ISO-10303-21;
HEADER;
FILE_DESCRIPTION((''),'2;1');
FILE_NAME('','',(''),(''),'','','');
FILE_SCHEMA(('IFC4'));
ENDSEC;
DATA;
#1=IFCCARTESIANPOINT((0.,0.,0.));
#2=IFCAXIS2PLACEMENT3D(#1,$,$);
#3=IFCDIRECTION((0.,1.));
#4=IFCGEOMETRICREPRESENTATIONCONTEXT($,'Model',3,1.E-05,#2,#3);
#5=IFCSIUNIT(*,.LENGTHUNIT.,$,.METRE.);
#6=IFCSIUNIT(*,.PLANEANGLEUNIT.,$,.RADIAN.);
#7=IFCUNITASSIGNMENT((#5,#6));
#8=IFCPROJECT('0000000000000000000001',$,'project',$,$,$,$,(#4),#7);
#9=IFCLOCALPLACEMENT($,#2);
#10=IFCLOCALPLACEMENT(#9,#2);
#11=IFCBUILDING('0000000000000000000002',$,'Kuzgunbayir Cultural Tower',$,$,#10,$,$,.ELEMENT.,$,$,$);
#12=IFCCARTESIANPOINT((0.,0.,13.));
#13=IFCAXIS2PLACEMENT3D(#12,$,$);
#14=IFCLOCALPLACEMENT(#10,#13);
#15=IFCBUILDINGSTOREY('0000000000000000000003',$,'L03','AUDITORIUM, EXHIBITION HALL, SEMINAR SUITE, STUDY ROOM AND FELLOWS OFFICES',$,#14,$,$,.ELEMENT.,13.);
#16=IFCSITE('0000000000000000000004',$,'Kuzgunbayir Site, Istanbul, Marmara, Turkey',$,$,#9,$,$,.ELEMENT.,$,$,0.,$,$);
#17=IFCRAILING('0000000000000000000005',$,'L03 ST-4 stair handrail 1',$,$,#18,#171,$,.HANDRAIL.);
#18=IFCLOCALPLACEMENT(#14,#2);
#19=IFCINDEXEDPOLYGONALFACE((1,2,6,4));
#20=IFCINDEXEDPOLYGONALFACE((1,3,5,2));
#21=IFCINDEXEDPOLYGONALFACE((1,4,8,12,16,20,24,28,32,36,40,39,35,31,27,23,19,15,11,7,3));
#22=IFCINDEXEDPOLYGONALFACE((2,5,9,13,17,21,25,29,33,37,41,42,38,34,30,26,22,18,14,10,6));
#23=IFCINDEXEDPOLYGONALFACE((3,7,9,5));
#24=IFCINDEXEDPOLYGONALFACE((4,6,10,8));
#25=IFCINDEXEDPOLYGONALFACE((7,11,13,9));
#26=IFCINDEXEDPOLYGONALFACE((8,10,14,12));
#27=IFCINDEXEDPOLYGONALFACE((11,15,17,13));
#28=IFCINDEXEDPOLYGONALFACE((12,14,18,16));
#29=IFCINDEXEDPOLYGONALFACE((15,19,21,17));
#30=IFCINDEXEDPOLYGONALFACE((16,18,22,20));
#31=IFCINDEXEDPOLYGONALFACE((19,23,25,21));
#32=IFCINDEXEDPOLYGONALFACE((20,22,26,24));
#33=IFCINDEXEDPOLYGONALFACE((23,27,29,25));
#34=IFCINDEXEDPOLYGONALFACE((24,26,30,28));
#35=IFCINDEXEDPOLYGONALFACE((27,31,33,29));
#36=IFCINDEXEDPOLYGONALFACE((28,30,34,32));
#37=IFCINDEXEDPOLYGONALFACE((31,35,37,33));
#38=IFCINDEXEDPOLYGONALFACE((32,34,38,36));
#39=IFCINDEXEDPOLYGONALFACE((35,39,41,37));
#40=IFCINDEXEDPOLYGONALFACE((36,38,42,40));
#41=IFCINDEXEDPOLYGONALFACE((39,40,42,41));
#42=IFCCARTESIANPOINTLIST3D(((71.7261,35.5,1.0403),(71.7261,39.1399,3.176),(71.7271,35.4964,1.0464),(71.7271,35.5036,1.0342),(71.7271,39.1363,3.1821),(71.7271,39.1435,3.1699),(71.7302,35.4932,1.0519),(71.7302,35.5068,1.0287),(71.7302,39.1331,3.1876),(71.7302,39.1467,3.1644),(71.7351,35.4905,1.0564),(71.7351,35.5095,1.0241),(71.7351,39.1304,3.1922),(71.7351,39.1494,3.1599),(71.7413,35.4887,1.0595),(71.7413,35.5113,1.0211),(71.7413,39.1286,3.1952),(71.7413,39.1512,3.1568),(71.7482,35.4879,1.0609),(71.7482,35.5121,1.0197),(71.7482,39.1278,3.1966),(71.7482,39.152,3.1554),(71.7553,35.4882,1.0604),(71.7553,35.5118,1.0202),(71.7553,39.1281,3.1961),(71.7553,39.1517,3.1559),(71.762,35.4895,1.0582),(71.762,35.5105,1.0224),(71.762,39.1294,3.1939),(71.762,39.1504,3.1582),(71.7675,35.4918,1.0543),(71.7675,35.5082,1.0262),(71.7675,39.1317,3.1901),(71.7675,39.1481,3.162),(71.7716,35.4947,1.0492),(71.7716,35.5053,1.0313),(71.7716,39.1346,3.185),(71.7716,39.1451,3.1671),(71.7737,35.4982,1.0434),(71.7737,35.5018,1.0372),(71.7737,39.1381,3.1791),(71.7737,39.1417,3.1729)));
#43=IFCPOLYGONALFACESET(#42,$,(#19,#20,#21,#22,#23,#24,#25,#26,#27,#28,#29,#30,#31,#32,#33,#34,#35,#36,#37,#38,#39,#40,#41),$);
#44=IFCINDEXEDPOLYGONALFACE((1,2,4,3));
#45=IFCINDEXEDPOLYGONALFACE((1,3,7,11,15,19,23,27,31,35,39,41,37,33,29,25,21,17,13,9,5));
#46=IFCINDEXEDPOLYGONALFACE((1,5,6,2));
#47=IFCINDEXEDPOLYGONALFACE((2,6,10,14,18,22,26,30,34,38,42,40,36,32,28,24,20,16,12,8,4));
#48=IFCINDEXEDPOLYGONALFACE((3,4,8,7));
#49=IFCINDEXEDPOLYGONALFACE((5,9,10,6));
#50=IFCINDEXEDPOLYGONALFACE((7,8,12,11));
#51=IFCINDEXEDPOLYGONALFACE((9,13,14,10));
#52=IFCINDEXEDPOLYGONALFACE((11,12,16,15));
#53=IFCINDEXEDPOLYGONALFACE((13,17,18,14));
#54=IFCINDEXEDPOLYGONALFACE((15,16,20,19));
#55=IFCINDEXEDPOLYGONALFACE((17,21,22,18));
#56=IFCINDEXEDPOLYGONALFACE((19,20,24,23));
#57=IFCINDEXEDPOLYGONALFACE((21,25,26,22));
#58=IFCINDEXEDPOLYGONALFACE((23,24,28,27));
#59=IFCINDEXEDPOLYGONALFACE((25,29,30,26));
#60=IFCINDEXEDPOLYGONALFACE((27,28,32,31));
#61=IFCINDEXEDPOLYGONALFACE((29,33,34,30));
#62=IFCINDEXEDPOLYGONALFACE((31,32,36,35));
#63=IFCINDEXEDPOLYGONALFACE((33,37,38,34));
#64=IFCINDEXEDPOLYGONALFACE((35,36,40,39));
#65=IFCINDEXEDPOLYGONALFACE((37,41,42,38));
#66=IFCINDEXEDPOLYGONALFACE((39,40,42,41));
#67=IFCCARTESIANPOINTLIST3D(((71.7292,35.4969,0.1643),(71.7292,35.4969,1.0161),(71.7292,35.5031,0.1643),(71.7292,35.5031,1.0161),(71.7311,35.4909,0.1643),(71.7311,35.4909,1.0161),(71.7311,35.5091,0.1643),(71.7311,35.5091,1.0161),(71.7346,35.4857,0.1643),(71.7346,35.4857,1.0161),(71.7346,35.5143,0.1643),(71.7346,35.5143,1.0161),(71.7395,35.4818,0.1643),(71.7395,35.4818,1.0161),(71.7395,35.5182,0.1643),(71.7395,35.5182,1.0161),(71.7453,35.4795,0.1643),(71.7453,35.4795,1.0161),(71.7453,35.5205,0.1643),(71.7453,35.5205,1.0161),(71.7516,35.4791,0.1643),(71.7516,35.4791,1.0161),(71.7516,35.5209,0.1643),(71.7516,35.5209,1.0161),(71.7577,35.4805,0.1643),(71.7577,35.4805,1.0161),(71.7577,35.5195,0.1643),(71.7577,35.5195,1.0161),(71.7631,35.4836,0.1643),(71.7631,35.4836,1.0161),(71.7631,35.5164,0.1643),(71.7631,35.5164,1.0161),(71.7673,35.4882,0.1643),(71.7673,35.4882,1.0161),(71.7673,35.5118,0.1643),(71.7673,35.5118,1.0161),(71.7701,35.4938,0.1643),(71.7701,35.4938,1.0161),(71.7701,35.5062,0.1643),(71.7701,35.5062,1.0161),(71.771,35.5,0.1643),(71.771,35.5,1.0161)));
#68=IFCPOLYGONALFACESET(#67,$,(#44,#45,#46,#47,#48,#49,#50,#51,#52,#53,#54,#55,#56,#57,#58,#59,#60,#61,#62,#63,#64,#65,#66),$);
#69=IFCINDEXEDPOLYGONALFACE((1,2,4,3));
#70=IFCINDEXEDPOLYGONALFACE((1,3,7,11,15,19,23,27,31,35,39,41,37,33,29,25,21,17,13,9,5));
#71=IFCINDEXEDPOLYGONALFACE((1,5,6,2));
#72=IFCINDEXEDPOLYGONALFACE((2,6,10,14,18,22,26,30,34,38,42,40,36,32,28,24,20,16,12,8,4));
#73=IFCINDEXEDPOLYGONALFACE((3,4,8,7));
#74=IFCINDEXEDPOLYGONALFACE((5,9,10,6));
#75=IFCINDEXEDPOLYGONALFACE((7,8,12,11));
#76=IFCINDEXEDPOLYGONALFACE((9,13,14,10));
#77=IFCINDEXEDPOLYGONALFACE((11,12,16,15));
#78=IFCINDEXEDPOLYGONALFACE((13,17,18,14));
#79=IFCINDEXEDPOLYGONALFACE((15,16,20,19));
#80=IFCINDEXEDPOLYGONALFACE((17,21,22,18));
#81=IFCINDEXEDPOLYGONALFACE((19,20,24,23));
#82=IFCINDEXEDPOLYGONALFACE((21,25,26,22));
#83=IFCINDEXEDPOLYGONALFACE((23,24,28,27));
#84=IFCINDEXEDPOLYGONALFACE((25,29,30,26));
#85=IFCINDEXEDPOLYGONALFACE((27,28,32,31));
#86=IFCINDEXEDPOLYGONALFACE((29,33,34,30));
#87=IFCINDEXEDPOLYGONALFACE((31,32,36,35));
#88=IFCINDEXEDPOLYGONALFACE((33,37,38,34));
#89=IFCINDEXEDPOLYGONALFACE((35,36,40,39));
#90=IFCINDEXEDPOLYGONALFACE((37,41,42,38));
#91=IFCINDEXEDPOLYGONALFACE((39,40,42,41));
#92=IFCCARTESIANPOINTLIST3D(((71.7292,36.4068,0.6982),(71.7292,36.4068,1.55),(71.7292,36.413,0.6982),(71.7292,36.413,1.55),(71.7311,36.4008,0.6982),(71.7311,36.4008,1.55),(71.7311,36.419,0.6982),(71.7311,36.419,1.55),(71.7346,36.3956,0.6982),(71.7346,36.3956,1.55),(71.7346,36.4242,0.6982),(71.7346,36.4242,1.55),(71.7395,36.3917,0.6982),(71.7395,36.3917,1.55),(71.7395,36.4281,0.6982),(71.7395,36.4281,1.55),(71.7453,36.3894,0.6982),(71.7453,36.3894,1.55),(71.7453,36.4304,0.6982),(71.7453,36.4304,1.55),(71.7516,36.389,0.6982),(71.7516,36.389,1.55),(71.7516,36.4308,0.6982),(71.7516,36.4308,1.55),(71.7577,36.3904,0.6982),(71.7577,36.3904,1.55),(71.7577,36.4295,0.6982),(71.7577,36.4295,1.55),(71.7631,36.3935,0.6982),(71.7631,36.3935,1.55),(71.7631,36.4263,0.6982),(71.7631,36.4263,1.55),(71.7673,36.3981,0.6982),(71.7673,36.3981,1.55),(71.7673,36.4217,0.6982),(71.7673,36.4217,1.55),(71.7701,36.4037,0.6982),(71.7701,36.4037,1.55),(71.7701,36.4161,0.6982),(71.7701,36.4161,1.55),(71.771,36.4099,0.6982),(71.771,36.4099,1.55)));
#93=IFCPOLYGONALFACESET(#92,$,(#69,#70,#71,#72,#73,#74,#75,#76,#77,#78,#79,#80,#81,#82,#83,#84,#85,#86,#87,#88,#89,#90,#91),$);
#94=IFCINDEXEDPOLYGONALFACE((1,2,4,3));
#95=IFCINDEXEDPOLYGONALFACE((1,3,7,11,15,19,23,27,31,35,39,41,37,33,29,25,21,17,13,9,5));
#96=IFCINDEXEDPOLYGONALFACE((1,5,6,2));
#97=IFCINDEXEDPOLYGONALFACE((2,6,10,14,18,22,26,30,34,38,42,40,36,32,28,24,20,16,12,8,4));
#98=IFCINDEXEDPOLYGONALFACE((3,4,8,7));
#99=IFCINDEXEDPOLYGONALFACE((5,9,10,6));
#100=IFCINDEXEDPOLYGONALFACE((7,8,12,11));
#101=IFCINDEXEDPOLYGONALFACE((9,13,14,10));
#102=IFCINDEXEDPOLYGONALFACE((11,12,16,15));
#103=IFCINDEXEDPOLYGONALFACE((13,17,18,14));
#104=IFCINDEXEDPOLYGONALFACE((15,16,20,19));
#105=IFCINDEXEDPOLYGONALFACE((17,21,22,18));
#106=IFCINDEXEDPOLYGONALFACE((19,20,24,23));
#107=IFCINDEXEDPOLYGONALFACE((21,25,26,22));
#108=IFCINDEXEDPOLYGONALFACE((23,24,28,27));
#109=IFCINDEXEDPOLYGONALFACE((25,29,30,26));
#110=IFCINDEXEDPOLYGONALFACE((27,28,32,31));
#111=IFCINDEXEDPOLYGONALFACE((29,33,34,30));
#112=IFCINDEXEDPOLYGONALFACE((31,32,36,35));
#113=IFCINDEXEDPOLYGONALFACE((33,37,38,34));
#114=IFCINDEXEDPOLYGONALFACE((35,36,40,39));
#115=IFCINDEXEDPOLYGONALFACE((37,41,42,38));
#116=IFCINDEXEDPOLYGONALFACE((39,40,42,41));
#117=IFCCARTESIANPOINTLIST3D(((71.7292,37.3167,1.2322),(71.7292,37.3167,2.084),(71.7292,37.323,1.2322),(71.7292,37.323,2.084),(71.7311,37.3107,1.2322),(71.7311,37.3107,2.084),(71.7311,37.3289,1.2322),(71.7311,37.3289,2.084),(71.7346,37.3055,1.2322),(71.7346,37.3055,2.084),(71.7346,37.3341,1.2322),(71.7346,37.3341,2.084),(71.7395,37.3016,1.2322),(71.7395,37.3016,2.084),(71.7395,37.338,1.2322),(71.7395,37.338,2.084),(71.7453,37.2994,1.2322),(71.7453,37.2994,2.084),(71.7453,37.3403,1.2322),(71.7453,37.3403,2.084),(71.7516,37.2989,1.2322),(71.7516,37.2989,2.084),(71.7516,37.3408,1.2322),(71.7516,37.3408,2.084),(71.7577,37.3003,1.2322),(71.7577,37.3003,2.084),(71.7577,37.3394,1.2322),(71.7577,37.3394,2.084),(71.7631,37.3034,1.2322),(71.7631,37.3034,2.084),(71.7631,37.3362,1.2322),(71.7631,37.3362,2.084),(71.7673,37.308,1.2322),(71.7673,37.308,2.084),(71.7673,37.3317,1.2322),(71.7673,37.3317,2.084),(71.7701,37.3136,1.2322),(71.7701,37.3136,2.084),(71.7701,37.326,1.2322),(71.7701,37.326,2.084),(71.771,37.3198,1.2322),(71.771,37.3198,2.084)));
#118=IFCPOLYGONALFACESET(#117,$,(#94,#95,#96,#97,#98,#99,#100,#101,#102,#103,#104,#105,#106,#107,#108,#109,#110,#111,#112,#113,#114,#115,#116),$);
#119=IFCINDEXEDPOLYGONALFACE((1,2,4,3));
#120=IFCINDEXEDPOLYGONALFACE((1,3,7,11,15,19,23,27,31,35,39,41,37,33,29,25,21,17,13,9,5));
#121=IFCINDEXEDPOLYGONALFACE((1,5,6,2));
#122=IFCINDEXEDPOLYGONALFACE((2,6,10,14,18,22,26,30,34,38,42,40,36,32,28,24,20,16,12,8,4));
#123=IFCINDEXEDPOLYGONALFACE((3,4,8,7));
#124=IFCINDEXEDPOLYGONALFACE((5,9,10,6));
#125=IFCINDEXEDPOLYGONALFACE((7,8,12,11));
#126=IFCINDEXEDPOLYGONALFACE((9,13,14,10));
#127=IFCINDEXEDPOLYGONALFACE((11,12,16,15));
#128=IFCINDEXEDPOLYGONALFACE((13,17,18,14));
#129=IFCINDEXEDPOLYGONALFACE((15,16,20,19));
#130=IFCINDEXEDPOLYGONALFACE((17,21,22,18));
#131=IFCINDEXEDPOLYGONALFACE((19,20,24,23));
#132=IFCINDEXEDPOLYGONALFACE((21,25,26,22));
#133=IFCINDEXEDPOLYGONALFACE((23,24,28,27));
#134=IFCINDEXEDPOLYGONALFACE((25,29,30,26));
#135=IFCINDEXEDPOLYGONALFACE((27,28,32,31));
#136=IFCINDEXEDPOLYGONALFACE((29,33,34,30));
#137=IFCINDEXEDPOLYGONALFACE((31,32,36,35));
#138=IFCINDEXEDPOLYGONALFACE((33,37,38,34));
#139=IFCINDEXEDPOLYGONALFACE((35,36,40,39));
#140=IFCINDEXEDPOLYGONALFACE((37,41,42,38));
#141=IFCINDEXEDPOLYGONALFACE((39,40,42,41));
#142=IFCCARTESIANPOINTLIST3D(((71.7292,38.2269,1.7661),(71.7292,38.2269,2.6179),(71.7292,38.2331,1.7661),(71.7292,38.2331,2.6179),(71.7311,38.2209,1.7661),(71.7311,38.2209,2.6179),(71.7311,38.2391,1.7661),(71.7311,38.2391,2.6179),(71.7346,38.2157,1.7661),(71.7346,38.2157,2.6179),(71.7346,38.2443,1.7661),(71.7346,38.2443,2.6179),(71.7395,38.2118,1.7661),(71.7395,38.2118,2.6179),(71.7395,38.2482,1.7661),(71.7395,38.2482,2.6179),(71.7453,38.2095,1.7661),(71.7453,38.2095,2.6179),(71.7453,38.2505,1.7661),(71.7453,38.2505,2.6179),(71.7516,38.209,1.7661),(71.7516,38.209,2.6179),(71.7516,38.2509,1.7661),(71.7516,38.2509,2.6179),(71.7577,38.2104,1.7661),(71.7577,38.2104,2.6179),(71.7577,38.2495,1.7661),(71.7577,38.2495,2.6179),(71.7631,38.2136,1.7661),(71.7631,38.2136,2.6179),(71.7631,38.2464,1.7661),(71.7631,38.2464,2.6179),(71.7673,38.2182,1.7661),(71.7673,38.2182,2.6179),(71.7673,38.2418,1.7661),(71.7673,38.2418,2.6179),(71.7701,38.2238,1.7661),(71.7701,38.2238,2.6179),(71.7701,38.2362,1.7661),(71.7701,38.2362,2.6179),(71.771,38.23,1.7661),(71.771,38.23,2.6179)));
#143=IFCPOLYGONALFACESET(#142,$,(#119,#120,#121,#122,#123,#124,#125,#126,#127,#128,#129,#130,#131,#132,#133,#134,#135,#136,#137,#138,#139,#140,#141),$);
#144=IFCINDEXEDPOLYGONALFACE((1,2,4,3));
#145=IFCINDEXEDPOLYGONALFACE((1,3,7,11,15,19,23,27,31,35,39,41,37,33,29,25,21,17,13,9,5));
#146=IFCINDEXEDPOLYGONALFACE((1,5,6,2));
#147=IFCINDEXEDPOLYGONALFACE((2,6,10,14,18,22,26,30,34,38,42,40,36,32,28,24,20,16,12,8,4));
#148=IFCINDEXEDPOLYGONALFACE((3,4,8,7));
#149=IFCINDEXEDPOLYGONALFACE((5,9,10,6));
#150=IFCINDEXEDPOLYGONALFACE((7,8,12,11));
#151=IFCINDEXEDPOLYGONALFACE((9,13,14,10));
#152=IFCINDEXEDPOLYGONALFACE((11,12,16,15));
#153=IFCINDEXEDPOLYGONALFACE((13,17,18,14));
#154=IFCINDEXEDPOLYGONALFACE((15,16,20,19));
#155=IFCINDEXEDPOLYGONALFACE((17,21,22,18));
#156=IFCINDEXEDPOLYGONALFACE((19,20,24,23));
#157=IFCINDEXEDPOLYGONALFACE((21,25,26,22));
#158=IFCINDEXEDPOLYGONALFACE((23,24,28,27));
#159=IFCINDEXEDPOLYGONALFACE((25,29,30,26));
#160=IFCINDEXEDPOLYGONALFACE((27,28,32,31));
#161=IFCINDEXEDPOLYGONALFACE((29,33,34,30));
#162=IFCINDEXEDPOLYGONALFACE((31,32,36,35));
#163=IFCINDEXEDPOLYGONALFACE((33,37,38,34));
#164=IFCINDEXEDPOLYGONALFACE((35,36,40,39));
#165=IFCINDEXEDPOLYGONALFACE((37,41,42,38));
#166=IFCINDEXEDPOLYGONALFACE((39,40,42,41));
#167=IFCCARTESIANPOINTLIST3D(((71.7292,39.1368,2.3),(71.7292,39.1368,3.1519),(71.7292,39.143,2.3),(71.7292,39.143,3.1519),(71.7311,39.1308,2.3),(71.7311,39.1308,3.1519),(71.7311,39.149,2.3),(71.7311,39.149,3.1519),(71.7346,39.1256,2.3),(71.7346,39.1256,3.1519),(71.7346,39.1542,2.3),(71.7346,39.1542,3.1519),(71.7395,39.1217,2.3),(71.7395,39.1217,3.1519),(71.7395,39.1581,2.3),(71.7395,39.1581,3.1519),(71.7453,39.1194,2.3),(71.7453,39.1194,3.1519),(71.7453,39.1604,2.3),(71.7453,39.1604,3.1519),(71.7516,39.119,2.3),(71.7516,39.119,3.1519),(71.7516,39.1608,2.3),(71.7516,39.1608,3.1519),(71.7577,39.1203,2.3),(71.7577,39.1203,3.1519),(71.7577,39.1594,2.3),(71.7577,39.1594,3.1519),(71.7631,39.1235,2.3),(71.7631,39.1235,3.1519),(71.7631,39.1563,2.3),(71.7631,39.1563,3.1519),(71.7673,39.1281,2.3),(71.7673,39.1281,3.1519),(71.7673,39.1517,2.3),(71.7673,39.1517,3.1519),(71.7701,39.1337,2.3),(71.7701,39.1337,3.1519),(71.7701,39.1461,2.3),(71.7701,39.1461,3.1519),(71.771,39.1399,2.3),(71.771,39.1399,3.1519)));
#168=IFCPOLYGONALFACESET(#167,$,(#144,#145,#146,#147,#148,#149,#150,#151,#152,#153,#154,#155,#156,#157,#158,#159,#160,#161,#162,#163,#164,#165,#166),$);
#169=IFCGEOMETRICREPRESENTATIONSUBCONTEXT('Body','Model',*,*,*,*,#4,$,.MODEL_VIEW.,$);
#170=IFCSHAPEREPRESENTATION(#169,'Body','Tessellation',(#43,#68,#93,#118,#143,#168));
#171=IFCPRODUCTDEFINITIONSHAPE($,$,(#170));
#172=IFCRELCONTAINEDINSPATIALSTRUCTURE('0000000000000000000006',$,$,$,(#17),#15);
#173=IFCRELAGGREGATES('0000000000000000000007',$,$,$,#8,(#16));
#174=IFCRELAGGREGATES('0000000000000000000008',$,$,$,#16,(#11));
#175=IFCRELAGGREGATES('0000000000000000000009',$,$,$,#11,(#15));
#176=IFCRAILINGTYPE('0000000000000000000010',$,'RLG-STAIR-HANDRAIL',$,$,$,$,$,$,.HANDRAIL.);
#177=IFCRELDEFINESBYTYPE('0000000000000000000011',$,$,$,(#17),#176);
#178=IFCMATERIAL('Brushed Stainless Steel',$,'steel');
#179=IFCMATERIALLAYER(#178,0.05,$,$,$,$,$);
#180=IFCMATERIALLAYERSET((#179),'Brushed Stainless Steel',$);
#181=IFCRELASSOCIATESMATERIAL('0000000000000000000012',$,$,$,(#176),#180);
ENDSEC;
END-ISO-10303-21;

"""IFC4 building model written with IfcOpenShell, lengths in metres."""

from ifc_helpers import new_model, si_unit, direction, frame, origin, origin_2d, place, context, subcontext, project, spatial, circle, extrude, material, layer, layer_set, type_object, element, save


model = new_model("IFC4")

# Units and contexts
model_context = context("Model", 3, precision=1e-05, world=origin(), true_north=direction((0.0, 1.0)))
body_context = subcontext(model_context, "Body", "Model", "MODEL_VIEW")
ifc_project = project(units=[si_unit("LENGTHUNIT", "METRE"), si_unit("PLANEANGLEUNIT", "RADIAN")], contexts=[model_context])

# Site, building, storey
site_placement = place(None, origin())
site = spatial("IfcSite", under=ifc_project, at=site_placement, Name="Kuzgunbayir Site, Istanbul, Marmara, Turkey", CompositionType="ELEMENT", RefElevation=0.0)
building_placement = place(site_placement, origin())
building = spatial("IfcBuilding", under=site, at=building_placement, Name="Kuzgunbayir Cultural Tower", CompositionType="ELEMENT")
storey_placement = place(building_placement, frame((0.0, 0.0, 13.0)))
storey = spatial("IfcBuildingStorey", under=building, at=storey_placement, Name="L03", Description="AUDITORIUM, EXHIBITION HALL, SEMINAR SUITE, STUDY ROOM AND FELLOWS OFFICES", CompositionType="ELEMENT", Elevation=13.0)

# Shared definitions
ifc_material_1 = material(Name="Brushed Stainless Steel", Category="steel")

# Railing
ifc_layer_1 = layer(ifc_material_1, 0.05)
ifc_layer_set_1 = layer_set([ifc_layer_1], Name="Brushed Stainless Steel")
railing_type_1 = type_object("IfcRailingType", Name="RLG-STAIR-HANDRAIL", PredefinedType="HANDRAIL", material=ifc_layer_set_1)
railing_1_placement = place(storey_placement, frame((71.75, 35.5, 0.1643)))
element("IfcRailing", 1, at=railing_1_placement, inside=storey, type_object=railing_type_1, Name="L03 ST-4 stair handrail 1", PredefinedType="HANDRAIL", context=body_context, shape_type="SweptSolid", body=[
    extrude(circle(Radius=0.0239, at=origin_2d()), frame((0.0, 0.0, 0.876), z_axis=(0.0, 0.86249, 0.506074), x_axis=(-1.0, 0.0, 0.0)), (0.0, 0.0, 1.0), 4.2202),
    extrude(circle(Radius=0.021, at=origin_2d()), origin(), (0.0, 0.0, 1.0), 0.8518),
    extrude(circle(Radius=0.021, at=origin_2d()), frame((0.0, 0.9099, 0.5339)), (0.0, 0.0, 1.0), 0.8518),
    extrude(circle(Radius=0.021, at=origin_2d()), frame((0.0, 1.8198, 1.0679)), (0.0, 0.0, 1.0), 0.8518),
    extrude(circle(Radius=0.021, at=origin_2d()), frame((0.0, 2.73, 1.6018)), (0.0, 0.0, 1.0), 0.8518),
    extrude(circle(Radius=0.021, at=origin_2d()), frame((0.0, 3.6399, 2.1357)), (0.0, 0.0, 1.0), 0.8518),
])

save(model, "model.ifc")
